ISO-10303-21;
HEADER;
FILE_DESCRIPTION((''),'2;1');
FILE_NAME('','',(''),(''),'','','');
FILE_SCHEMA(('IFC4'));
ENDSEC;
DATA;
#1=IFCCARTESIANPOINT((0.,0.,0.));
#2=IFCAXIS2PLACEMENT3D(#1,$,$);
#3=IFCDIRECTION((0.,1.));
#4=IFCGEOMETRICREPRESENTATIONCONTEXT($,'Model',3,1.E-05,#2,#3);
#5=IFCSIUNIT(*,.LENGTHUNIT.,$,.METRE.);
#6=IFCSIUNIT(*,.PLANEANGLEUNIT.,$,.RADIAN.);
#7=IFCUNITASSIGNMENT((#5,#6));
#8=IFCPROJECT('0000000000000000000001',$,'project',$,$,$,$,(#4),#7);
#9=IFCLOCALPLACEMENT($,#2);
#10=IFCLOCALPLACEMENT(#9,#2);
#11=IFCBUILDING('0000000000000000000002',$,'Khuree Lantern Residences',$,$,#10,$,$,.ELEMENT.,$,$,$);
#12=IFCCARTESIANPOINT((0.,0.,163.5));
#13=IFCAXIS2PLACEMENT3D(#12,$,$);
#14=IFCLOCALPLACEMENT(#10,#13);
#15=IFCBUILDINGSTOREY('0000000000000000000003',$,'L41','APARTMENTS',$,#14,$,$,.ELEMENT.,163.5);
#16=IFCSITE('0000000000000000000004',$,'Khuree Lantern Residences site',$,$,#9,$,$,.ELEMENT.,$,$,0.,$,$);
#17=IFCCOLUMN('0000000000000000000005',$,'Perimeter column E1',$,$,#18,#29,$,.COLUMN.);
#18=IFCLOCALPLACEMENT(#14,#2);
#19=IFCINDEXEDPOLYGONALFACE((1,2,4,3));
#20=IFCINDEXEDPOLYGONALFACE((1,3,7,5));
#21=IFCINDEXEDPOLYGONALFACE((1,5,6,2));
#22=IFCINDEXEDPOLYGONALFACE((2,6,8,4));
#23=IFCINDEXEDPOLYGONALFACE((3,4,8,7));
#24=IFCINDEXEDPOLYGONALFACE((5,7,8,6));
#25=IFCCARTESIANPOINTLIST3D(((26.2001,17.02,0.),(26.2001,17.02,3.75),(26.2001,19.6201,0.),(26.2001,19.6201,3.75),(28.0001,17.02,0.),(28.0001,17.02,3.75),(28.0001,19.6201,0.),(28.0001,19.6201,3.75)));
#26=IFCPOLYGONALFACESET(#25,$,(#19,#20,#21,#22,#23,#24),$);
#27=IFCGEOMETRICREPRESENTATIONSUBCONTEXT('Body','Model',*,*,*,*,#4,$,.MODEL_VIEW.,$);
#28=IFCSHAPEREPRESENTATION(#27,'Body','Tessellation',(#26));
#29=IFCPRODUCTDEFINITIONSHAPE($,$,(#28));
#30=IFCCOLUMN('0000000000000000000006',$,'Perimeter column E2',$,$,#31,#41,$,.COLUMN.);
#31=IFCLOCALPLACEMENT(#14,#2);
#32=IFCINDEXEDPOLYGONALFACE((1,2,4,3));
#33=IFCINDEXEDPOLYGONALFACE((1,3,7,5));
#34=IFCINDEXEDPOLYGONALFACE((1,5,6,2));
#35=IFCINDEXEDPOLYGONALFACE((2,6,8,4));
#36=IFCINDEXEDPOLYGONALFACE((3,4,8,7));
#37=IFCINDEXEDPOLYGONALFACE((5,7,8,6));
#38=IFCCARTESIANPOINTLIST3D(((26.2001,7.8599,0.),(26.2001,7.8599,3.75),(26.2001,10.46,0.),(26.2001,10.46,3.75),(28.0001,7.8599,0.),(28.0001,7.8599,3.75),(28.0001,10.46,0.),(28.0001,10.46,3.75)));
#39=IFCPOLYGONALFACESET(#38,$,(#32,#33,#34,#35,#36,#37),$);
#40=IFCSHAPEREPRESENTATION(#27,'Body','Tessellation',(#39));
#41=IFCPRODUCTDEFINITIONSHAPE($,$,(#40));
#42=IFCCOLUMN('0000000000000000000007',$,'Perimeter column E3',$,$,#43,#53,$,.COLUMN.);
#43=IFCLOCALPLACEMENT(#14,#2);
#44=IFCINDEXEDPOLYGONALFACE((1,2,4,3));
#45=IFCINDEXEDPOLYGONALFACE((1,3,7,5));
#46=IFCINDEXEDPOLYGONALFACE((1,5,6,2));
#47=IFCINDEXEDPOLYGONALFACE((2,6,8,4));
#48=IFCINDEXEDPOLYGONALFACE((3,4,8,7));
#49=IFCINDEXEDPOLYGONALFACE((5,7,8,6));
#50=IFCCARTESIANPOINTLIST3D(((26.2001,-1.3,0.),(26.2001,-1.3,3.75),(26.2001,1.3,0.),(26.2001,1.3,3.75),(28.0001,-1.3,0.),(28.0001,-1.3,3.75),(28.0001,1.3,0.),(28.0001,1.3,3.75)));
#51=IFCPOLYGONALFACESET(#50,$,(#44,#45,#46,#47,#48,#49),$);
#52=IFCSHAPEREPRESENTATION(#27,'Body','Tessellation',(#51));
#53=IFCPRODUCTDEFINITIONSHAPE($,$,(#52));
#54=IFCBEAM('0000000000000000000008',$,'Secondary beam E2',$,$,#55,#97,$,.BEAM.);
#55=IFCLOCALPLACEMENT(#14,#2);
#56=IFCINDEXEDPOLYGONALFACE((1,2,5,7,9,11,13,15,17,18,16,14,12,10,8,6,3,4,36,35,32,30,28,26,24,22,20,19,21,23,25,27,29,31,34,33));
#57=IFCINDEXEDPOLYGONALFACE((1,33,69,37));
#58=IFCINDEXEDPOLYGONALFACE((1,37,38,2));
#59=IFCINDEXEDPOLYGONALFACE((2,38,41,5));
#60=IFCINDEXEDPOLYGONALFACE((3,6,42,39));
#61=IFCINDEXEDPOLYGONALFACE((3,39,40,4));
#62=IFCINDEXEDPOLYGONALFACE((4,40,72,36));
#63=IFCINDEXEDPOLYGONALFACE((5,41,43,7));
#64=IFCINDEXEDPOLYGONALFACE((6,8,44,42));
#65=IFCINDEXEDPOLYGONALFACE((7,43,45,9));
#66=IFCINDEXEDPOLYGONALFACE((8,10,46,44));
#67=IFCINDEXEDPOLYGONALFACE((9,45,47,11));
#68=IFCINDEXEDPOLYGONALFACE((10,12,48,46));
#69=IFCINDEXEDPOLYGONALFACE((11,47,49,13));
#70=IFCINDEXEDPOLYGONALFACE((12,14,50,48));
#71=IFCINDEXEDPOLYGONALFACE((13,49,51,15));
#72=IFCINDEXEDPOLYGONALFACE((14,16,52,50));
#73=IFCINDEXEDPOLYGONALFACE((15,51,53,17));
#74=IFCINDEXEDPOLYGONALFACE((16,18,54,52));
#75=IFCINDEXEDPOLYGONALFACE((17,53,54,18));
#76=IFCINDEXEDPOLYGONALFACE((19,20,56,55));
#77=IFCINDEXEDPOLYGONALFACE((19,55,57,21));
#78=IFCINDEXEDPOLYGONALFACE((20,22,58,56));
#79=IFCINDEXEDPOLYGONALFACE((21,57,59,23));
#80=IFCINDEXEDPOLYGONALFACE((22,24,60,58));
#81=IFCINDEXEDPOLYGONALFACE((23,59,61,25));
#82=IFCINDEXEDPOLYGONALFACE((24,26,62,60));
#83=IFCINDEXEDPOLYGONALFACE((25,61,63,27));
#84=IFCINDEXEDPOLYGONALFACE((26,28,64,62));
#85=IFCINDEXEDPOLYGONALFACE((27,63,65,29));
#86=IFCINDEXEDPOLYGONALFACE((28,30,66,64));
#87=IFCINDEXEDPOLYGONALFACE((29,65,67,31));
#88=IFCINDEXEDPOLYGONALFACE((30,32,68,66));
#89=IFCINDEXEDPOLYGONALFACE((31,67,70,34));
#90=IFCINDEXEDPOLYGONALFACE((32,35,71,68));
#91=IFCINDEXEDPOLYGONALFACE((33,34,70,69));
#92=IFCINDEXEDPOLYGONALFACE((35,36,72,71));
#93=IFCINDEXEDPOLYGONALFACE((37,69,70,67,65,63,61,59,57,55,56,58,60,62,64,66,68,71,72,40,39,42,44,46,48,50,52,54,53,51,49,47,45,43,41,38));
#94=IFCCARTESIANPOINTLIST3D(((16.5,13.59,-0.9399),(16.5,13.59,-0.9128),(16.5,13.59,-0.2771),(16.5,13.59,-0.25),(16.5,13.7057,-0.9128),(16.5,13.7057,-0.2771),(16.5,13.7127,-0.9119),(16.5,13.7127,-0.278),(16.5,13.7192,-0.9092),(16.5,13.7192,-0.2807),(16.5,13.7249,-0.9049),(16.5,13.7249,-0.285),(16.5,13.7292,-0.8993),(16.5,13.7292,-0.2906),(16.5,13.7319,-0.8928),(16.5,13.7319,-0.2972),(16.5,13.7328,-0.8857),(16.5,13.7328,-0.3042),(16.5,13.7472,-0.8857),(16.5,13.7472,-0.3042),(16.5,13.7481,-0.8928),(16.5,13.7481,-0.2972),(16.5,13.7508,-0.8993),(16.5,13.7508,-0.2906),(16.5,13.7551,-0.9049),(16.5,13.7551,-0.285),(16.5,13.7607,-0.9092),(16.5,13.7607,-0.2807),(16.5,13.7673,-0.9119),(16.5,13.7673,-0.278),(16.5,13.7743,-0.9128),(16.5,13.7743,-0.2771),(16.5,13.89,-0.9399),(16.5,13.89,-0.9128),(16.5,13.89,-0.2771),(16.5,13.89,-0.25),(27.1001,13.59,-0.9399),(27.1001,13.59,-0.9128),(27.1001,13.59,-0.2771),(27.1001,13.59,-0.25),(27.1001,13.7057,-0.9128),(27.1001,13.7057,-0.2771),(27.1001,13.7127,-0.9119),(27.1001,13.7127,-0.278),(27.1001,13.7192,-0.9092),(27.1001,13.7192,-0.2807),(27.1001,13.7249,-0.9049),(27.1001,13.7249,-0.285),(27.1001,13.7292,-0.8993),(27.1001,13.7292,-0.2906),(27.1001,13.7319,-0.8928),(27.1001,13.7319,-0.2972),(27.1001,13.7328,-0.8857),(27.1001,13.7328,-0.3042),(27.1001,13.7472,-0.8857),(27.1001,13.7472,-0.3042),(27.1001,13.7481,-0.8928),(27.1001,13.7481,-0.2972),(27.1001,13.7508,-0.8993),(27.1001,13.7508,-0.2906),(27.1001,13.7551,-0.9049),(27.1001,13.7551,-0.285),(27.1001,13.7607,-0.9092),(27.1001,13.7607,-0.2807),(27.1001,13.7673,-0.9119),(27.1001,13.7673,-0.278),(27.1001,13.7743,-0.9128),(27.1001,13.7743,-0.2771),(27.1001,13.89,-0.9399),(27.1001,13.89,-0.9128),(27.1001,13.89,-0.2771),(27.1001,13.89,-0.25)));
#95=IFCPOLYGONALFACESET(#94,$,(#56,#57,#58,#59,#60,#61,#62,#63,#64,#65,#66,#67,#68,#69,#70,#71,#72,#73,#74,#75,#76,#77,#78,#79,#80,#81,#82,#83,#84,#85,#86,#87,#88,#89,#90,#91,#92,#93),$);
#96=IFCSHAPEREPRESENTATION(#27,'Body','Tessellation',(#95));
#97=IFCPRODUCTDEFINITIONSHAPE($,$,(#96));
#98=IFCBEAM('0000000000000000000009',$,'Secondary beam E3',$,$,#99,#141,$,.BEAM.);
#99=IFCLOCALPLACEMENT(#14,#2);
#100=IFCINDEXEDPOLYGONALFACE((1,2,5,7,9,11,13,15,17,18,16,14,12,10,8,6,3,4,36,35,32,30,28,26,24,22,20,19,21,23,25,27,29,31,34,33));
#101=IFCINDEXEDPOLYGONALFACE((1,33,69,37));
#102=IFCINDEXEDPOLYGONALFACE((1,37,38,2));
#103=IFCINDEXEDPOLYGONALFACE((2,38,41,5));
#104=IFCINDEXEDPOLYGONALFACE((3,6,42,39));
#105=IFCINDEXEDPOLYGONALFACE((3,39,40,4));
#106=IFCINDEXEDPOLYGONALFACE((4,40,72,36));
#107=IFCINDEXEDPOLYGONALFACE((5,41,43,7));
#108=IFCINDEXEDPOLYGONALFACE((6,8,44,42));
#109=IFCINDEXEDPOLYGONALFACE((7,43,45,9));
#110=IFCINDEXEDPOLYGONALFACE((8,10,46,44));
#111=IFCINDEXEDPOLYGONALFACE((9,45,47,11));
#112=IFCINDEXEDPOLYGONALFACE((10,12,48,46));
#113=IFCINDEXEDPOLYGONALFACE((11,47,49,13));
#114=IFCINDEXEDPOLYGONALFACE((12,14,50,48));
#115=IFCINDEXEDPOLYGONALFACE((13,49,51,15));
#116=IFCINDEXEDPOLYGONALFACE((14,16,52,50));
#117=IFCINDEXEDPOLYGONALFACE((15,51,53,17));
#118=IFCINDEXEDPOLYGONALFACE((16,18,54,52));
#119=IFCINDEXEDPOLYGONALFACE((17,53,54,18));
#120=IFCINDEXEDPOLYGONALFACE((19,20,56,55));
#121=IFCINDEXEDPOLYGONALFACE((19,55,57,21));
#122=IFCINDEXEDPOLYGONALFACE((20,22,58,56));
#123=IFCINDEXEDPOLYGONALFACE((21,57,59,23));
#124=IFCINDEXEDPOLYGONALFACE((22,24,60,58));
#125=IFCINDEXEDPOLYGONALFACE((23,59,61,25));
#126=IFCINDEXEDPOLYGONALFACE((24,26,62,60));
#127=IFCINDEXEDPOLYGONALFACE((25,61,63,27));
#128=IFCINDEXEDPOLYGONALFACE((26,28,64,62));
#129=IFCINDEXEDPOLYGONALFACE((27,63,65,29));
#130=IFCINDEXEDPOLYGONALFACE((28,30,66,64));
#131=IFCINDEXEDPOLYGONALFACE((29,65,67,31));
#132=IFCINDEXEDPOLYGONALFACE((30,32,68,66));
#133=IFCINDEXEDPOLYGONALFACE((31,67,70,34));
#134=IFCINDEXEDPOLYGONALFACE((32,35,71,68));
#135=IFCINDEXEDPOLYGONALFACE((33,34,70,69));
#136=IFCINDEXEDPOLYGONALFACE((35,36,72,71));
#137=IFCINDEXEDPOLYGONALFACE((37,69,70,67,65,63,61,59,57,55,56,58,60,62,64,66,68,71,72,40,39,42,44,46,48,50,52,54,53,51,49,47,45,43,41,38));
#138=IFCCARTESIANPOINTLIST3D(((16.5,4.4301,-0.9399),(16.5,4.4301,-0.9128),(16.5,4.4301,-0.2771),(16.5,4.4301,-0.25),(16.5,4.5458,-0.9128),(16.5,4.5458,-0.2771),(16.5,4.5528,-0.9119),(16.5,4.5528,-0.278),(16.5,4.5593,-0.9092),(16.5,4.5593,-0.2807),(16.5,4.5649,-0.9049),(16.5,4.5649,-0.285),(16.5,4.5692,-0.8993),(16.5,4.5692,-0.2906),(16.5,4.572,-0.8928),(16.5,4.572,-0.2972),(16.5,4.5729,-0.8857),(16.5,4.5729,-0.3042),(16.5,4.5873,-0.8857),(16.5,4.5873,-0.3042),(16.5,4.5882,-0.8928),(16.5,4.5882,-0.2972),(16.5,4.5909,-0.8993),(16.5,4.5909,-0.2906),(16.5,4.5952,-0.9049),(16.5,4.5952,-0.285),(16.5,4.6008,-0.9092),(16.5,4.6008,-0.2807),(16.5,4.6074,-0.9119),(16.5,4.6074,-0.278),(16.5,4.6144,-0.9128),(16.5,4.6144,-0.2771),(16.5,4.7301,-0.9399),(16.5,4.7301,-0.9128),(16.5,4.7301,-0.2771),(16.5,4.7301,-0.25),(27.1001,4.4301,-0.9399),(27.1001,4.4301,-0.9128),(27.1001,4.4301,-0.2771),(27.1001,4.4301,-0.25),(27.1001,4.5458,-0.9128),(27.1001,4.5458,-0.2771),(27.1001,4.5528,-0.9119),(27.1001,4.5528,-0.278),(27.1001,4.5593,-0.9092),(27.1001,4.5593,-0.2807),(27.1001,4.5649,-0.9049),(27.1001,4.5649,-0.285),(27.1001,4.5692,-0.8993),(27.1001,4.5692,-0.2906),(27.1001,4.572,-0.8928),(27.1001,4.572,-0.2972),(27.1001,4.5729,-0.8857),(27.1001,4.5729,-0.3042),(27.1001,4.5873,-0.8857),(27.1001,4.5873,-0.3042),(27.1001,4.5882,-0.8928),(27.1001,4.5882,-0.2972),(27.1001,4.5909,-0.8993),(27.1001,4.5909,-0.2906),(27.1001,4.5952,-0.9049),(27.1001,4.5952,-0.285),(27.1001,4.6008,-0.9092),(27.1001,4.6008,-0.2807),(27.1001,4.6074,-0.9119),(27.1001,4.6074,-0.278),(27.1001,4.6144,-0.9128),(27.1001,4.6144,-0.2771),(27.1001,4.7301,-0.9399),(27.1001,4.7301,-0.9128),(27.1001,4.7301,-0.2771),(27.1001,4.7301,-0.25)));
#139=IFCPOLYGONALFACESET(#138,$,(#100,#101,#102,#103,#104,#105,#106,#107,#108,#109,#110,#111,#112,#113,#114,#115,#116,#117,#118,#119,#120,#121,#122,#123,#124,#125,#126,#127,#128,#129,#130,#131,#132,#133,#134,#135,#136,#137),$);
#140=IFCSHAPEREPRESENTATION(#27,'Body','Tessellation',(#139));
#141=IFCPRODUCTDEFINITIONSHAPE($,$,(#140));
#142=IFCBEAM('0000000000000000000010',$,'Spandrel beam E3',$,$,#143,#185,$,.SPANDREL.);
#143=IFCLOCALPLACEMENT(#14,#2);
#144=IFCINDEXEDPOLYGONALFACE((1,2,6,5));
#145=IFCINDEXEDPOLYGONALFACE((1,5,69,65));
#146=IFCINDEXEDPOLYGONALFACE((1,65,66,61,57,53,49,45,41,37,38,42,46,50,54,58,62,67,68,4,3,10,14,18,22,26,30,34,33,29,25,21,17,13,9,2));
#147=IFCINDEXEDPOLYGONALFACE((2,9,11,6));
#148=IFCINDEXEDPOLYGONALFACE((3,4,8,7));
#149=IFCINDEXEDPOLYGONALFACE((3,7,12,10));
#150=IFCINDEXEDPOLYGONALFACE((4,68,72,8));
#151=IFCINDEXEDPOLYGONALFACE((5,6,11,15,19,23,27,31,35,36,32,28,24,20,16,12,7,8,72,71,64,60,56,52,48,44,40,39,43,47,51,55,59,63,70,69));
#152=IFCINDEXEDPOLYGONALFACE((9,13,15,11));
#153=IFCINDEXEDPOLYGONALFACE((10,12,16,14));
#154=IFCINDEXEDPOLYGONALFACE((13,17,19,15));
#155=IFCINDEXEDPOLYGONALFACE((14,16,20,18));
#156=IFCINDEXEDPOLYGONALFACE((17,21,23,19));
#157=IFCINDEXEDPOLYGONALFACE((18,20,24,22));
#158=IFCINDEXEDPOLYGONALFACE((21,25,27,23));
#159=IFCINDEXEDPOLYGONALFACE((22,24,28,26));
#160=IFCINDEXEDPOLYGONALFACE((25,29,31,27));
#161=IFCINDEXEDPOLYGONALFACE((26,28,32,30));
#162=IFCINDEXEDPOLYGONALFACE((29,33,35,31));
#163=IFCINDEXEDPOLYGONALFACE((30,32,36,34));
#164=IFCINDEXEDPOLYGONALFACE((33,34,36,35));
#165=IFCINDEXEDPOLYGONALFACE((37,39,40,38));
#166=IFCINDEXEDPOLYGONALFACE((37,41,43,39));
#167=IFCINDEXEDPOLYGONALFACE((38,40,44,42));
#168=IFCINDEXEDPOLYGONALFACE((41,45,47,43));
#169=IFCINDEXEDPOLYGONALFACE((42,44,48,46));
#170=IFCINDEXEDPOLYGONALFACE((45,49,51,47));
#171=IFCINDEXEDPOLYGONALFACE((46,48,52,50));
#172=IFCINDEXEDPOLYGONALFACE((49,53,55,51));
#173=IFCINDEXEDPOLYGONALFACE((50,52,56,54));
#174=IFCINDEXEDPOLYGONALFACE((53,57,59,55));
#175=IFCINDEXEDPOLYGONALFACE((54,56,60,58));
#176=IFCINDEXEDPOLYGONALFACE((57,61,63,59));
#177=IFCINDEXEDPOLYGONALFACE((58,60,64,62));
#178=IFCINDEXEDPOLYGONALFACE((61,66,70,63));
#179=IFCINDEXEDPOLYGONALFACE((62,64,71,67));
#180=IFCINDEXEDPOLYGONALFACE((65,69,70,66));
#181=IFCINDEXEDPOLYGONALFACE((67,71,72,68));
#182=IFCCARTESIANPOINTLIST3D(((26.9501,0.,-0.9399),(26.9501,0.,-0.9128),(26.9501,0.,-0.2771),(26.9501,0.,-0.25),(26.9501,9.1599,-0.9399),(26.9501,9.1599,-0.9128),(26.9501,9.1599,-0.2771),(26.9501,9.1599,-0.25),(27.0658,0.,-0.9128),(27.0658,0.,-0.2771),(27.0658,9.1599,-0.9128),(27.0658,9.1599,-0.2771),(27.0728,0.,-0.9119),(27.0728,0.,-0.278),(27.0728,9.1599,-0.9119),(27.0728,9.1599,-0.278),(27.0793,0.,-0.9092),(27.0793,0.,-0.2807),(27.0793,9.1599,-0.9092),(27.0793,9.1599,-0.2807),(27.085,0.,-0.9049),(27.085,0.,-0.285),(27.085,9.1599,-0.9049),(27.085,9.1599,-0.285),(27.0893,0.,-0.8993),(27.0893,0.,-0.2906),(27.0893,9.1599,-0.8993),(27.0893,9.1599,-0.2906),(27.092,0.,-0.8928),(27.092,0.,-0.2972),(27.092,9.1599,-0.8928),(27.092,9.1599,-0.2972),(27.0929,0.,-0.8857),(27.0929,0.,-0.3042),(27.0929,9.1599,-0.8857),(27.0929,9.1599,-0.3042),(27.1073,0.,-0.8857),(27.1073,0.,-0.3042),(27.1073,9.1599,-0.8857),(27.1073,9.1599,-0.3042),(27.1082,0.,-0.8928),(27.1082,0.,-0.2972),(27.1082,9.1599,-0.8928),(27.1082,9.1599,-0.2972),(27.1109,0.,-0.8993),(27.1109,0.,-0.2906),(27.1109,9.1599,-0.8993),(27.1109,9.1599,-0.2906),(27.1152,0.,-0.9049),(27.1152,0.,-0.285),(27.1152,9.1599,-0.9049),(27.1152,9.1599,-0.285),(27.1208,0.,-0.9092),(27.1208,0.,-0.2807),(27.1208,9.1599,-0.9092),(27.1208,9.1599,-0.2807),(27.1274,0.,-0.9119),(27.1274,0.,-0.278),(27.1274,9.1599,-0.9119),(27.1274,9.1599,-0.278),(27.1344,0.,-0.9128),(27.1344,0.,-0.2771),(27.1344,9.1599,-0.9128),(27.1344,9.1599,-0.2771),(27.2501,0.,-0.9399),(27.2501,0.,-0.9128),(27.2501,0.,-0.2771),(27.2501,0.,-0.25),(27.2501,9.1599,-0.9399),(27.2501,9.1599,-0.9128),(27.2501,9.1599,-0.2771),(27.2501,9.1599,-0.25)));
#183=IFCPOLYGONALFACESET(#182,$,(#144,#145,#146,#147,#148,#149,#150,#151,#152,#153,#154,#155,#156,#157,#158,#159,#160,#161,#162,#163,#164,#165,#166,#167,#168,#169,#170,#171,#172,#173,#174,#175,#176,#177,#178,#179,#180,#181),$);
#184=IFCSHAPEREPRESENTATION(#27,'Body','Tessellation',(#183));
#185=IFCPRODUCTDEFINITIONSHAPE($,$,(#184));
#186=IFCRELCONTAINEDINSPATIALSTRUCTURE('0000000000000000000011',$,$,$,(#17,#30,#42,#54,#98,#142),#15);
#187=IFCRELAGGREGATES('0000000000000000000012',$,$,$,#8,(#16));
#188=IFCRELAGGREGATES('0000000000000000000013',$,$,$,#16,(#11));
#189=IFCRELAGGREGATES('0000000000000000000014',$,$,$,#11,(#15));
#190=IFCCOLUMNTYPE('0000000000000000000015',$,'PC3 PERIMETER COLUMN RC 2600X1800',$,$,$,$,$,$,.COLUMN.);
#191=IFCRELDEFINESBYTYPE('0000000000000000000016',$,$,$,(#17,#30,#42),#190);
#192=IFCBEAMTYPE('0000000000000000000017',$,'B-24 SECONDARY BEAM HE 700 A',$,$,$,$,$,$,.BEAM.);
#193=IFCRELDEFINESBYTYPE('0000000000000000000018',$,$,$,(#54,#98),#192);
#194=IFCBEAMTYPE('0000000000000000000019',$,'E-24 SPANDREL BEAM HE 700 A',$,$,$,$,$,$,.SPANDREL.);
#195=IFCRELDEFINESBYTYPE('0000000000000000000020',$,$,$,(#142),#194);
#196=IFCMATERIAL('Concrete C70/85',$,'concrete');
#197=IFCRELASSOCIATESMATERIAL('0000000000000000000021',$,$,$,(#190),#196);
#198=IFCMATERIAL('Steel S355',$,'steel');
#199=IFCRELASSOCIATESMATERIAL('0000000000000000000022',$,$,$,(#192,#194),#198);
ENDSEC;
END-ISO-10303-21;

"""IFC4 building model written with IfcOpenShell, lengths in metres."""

from ifc_helpers import new_model, si_unit, direction, frame, origin, origin_2d, place, context, subcontext, project, spatial, rectangle, i_section, extrude, material, material_profile, profile_set, type_object, element, save


model = new_model("IFC4")

# Units and contexts
model_context = context("Model", 3, precision=1e-05, world=origin(), true_north=direction((0.0, 1.0)))
body_context = subcontext(model_context, "Body", "Model", "MODEL_VIEW")
ifc_project = project(units=[si_unit("LENGTHUNIT", "METRE"), si_unit("PLANEANGLEUNIT", "RADIAN")], contexts=[model_context])

# Site, building, storey
site_placement = place(None, origin())
site = spatial("IfcSite", under=ifc_project, at=site_placement, Name="Khuree Lantern Residences site", CompositionType="ELEMENT", RefElevation=0.0)
building_placement = place(site_placement, origin())
building = spatial("IfcBuilding", under=site, at=building_placement, Name="Khuree Lantern Residences", CompositionType="ELEMENT")
storey_placement = place(building_placement, frame((0.0, 0.0, 163.5)))
storey = spatial("IfcBuildingStorey", under=building, at=storey_placement, Name="L41", Description="APARTMENTS", CompositionType="ELEMENT", Elevation=163.5)

# Columns
ifc_material_1 = material(Name="Concrete C70/85", Category="concrete")
ifc_material_profile_1 = material_profile(ifc_material_1, rectangle(XDim=2.6001, YDim=1.8, at=origin_2d()), Name="RC 2600X1800")
ifc_profile_set_1 = profile_set([ifc_material_profile_1], Name="Concrete C70/85")
column_type = type_object("IfcColumnType", Name="PC3 PERIMETER COLUMN RC 2600X1800", PredefinedType="COLUMN", material=ifc_profile_set_1)
for number, where, z_axis, x_axis, name in (
    (1, (27.1001, 18.3201, 0.0), (0.0, 0.0, 1.0), (0.0, 1.0, 0.0), "Perimeter column E1"),
    (2, (27.1001, 9.1599, 0.0), (0.0, 0.0, 1.0), (0.0, 1.0, 0.0), "Perimeter column E2"),
    (3, (27.1001, 0.0, 0.0), (0.0, 0.0, 1.0), (0.0, 1.0, 0.0), "Perimeter column E3"),
):
    element("IfcColumn", number, at=place(storey_placement, frame(where, z_axis=z_axis, x_axis=x_axis)), inside=storey, type_object=column_type, Name=name, PredefinedType="COLUMN", context=body_context, shape_type="SweptSolid", body=[
        extrude(rectangle(XDim=2.6001, YDim=1.8, at=origin_2d()), origin(), (0.0, 0.0, 1.0), 3.75),
    ])

# Beams
ifc_material_2 = material(Name="Steel S355", Category="steel")
ifc_material_profile_2 = material_profile(ifc_material_2, i_section(OverallWidth=0.3, OverallDepth=0.6899, WebThickness=0.0144, FlangeThickness=0.0271, FilletRadius=0.0271, at=origin_2d()), Name="HE 700 A")
ifc_profile_set_2 = profile_set([ifc_material_profile_2], Name="Steel S355")
beam_type_1 = type_object("IfcBeamType", Name="B-24 SECONDARY BEAM HE 700 A", PredefinedType="BEAM", material=ifc_profile_set_2)
for number, where, z_axis, x_axis, name in (
    (4, (27.1001, 13.74, -0.595), (-1.0, 0.0, 0.0), (0.0, -1.0, 0.0), "Secondary beam E2"),
    (5, (27.1001, 4.5801, -0.595), (-1.0, 0.0, 0.0), (0.0, -1.0, 0.0), "Secondary beam E3"),
):
    element("IfcBeam", number, at=place(storey_placement, frame(where, z_axis=z_axis, x_axis=x_axis)), inside=storey, type_object=beam_type_1, Name=name, PredefinedType="BEAM", context=body_context, shape_type="SweptSolid", body=[
        extrude(i_section(OverallWidth=0.3, OverallDepth=0.6899, WebThickness=0.0144, FlangeThickness=0.0271, FilletRadius=0.0271, at=origin_2d()), origin(), (0.0, 0.0, 1.0), 10.6001),
    ])
ifc_material_profile_3 = material_profile(ifc_material_2, i_section(OverallWidth=0.3, OverallDepth=0.6899, WebThickness=0.0144, FlangeThickness=0.0271, FilletRadius=0.0271, at=origin_2d()), Name="HE 700 A")
ifc_profile_set_3 = profile_set([ifc_material_profile_3], Name="Steel S355")
beam_type_2 = type_object("IfcBeamType", Name="E-24 SPANDREL BEAM HE 700 A", PredefinedType="SPANDREL", material=ifc_profile_set_3)
for number, where, z_axis, x_axis, name in (
    (6, (27.1001, 9.1599, -0.595), (0.0, -1.0, 0.0), (1.0, 0.0, 0.0), "Spandrel beam E3"),
):
    element("IfcBeam", number, at=place(storey_placement, frame(where, z_axis=z_axis, x_axis=x_axis)), inside=storey, type_object=beam_type_2, Name=name, PredefinedType="SPANDREL", context=body_context, shape_type="SweptSolid", body=[
        extrude(i_section(OverallWidth=0.3, OverallDepth=0.6899, WebThickness=0.0144, FlangeThickness=0.0271, FilletRadius=0.0271, at=origin_2d()), origin(), (0.0, 0.0, 1.0), 9.1599),
    ])

save(model, "model.ifc")
